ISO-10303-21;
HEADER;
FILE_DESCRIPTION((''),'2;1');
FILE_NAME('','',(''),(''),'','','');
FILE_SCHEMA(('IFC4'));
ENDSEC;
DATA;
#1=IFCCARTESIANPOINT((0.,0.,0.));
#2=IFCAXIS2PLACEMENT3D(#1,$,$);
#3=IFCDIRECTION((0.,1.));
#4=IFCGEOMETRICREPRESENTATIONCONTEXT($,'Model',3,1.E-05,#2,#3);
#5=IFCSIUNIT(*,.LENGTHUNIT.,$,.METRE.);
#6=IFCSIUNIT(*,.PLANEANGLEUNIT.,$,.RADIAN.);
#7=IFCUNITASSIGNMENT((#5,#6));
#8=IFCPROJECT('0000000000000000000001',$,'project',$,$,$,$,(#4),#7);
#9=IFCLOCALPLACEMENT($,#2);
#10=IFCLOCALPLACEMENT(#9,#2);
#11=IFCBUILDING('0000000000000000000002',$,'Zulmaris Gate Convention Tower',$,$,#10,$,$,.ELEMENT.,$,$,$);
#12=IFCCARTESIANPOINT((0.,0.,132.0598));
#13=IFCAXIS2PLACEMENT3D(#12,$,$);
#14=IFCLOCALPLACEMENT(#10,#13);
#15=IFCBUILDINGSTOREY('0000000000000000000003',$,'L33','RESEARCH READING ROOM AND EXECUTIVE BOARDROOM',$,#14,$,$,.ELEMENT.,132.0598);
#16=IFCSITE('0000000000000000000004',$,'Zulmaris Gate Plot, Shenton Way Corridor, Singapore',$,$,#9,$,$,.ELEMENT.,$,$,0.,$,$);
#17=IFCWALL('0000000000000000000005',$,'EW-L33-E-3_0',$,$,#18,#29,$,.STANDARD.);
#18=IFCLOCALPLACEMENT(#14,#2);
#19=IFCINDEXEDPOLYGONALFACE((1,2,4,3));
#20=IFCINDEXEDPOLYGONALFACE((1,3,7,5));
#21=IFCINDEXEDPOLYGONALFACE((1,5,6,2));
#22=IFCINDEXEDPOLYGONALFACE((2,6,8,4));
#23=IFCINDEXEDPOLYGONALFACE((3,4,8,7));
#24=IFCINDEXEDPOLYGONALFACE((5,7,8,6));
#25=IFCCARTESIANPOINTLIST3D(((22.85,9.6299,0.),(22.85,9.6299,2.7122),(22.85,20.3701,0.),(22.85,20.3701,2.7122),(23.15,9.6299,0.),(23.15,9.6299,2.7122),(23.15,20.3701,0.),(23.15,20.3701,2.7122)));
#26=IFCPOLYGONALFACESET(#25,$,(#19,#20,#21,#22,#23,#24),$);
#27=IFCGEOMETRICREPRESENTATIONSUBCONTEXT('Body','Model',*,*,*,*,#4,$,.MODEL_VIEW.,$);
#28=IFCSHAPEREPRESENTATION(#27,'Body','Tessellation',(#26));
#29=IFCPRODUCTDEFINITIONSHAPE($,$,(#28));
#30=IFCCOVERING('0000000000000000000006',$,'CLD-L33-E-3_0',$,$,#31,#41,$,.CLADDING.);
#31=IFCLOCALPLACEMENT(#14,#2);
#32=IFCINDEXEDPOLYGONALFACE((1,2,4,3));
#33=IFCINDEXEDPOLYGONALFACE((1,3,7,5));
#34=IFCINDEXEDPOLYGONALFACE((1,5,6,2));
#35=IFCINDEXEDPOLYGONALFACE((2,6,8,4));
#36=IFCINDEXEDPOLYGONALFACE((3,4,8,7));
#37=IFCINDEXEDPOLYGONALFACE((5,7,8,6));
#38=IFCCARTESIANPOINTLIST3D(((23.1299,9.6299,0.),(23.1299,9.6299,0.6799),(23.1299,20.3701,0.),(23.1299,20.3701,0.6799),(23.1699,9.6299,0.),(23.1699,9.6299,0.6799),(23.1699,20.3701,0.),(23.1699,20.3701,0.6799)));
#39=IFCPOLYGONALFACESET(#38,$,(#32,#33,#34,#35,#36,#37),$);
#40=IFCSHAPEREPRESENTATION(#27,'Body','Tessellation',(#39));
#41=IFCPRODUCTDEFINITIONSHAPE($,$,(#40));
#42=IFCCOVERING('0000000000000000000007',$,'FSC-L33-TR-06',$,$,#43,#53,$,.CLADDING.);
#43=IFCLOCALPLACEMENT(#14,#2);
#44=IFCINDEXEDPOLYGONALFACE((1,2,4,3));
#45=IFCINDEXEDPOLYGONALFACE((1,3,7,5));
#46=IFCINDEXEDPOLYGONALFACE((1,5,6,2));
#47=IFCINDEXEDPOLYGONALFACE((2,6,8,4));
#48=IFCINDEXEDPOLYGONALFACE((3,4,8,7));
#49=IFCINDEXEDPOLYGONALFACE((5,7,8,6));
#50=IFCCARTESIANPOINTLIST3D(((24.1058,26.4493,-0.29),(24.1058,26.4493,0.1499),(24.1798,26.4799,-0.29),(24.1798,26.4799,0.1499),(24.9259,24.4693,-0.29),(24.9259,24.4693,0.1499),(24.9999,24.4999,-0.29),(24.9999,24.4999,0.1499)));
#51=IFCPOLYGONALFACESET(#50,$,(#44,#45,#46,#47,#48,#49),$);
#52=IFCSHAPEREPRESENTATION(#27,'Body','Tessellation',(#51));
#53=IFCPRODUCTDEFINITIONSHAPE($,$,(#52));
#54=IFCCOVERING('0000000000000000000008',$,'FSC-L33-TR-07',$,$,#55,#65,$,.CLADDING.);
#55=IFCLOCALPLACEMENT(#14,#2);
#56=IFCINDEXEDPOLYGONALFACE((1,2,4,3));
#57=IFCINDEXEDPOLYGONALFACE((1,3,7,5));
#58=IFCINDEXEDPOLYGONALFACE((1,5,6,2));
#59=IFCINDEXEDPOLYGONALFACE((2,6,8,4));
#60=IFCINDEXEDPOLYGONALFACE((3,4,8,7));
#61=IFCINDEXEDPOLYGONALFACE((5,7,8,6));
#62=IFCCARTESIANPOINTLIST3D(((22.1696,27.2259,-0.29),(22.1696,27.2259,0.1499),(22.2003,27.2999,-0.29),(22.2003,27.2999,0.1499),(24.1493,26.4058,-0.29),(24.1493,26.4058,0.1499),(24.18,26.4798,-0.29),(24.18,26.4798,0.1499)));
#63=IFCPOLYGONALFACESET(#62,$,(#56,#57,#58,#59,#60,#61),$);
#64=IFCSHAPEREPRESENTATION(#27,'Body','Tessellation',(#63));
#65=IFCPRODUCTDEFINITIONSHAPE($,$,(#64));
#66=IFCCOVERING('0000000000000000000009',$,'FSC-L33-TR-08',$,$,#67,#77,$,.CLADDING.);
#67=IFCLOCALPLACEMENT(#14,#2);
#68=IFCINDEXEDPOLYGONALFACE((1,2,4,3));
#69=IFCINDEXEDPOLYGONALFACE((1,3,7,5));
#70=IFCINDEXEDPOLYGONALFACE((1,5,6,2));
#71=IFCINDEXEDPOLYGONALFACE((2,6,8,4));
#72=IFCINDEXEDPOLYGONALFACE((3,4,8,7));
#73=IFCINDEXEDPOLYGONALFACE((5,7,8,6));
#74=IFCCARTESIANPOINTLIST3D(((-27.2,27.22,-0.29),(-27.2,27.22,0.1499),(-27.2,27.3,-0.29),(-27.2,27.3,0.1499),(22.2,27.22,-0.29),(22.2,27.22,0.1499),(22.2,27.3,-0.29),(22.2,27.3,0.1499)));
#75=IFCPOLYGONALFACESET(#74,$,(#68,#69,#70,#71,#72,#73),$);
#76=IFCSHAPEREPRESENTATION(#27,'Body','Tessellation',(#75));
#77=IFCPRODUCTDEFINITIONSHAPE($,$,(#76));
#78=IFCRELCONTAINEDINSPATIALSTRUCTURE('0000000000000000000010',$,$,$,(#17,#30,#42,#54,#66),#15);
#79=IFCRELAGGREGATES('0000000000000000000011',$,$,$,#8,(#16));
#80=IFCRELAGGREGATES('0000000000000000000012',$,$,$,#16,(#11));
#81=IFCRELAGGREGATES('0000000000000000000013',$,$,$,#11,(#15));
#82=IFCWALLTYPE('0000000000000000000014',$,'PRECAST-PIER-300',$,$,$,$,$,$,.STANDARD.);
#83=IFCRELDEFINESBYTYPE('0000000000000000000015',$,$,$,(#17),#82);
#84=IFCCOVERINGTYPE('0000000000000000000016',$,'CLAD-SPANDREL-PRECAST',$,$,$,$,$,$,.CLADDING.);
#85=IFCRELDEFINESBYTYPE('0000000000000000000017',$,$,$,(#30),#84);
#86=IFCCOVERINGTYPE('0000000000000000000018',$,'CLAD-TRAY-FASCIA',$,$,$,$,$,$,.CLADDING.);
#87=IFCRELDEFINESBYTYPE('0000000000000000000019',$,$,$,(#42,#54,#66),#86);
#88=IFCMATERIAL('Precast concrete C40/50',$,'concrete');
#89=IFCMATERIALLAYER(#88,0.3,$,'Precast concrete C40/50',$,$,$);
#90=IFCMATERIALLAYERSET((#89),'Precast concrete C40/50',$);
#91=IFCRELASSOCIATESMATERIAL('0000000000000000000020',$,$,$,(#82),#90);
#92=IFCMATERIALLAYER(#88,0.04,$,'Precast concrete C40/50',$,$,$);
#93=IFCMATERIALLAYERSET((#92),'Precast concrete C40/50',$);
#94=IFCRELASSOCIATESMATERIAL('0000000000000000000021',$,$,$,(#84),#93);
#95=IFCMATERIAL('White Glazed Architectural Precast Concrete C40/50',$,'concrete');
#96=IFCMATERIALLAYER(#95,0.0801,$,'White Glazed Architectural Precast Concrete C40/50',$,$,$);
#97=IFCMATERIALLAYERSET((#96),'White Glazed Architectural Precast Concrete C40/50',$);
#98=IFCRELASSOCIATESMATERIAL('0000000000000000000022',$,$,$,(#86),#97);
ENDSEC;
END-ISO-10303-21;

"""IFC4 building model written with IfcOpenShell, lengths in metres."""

from ifc_helpers import new_model, si_unit, direction, frame, frame_2d, origin, place, context, subcontext, project, spatial, rectangle, extrude, material, layer, layer_set, type_object, element, save


model = new_model("IFC4")

# Units and contexts
model_context = context("Model", 3, precision=1e-05, world=origin(), true_north=direction((0.0, 1.0)))
body_context = subcontext(model_context, "Body", "Model", "MODEL_VIEW")
ifc_project = project(units=[si_unit("LENGTHUNIT", "METRE"), si_unit("PLANEANGLEUNIT", "RADIAN")], contexts=[model_context])

# Site, building, storey
site_placement = place(None, origin())
site = spatial("IfcSite", under=ifc_project, at=site_placement, Name="Zulmaris Gate Plot, Shenton Way Corridor, Singapore", CompositionType="ELEMENT", RefElevation=0.0)
building_placement = place(site_placement, origin())
building = spatial("IfcBuilding", under=site, at=building_placement, Name="Zulmaris Gate Convention Tower", CompositionType="ELEMENT")
storey_placement = place(building_placement, frame((0.0, 0.0, 132.0598)))
storey = spatial("IfcBuildingStorey", under=building, at=storey_placement, Name="L33", Description="RESEARCH READING ROOM AND EXECUTIVE BOARDROOM", CompositionType="ELEMENT", Elevation=132.0598)

# Shared definitions
ifc_material_1 = material(Name="Precast concrete C40/50", Category="concrete")
ifc_layer_1 = layer(ifc_material_1, 0.3, Name="Precast concrete C40/50")
ifc_layer_set_1 = layer_set([ifc_layer_1], Name="Precast concrete C40/50")
wall_type_1 = type_object("IfcWallType", Name="PRECAST-PIER-300", PredefinedType="STANDARD", material=ifc_layer_set_1)

# Wall
wall_1_placement = place(storey_placement, frame((23.0, 9.6299, 0.0), z_axis=(0.0, 0.0, 1.0), x_axis=(0.0, 1.0, 0.0)))
element("IfcWall", 1, at=wall_1_placement, inside=storey, type_object=wall_type_1, Name="EW-L33-E-3_0", PredefinedType="STANDARD", context=body_context, shape_type="SweptSolid", body=[
    extrude(rectangle(XDim=10.7402, YDim=0.3, at=frame_2d((5.3701, 0.0))), origin(), (0.0, 0.0, 1.0), 2.7122),
])

# Coverings
ifc_layer_2 = layer(ifc_material_1, 0.04, Name="Precast concrete C40/50")
ifc_layer_set_2 = layer_set([ifc_layer_2], Name="Precast concrete C40/50")
covering_type_1 = type_object("IfcCoveringType", Name="CLAD-SPANDREL-PRECAST", PredefinedType="CLADDING", material=ifc_layer_set_2)
covering_1_placement = place(storey_placement, frame((23.1499, 9.6299, 0.0), z_axis=(0.0, 0.0, 1.0), x_axis=(0.0, 1.0, 0.0)))
element("IfcCovering", 2, at=covering_1_placement, inside=storey, type_object=covering_type_1, Name="CLD-L33-E-3_0", PredefinedType="CLADDING", context=body_context, shape_type="SweptSolid", body=[
    extrude(rectangle(XDim=10.7402, YDim=0.04, at=frame_2d((5.3701, 0.0))), origin(), (0.0, 0.0, 1.0), 0.6799),
])
ifc_material_2 = material(Name="White Glazed Architectural Precast Concrete C40/50", Category="concrete")
ifc_layer_3 = layer(ifc_material_2, 0.0801, Name="White Glazed Architectural Precast Concrete C40/50")
ifc_layer_set_3 = layer_set([ifc_layer_3], Name="White Glazed Architectural Precast Concrete C40/50")
covering_type_2 = type_object("IfcCoveringType", Name="CLAD-TRAY-FASCIA", PredefinedType="CLADDING", material=ifc_layer_set_3)
covering_2_placement = place(storey_placement, frame((24.9629, 24.4846, -0.29), z_axis=(0.0, 0.0, 1.0), x_axis=(-0.382657, 0.92389, 0.0)))
element("IfcCovering", 3, at=covering_2_placement, inside=storey, type_object=covering_type_2, Name="FSC-L33-TR-06", PredefinedType="CLADDING", context=body_context, shape_type="SweptSolid", body=[
    extrude(rectangle(XDim=2.1431, YDim=0.0801, at=frame_2d((1.0715, 0.0))), origin(), (0.0, 0.0, 1.0), 0.4399),
])
covering_3_placement = place(storey_placement, frame((24.1646, 26.4429, -0.29), z_axis=(0.0, 0.0, 1.0), x_axis=(-0.923874, 0.382697, 0.0)))
element("IfcCovering", 4, at=covering_3_placement, inside=storey, type_object=covering_type_2, Name="FSC-L33-TR-07", PredefinedType="CLADDING", context=body_context, shape_type="SweptSolid", body=[
    extrude(rectangle(XDim=2.1428, YDim=0.0801, at=frame_2d((1.0713, 0.0))), origin(), (0.0, 0.0, 1.0), 0.4399),
])
covering_4_placement = place(storey_placement, frame((22.2, 27.26, -0.29), z_axis=(0.0, 0.0, 1.0), x_axis=(-1.0, 0.0, 0.0)))
element("IfcCovering", 5, at=covering_4_placement, inside=storey, type_object=covering_type_2, Name="FSC-L33-TR-08", PredefinedType="CLADDING", context=body_context, shape_type="SweptSolid", body=[
    extrude(rectangle(XDim=49.3999, YDim=0.0801, at=frame_2d((24.7, 0.0))), origin(), (0.0, 0.0, 1.0), 0.4399),
])

save(model, "model.ifc")
